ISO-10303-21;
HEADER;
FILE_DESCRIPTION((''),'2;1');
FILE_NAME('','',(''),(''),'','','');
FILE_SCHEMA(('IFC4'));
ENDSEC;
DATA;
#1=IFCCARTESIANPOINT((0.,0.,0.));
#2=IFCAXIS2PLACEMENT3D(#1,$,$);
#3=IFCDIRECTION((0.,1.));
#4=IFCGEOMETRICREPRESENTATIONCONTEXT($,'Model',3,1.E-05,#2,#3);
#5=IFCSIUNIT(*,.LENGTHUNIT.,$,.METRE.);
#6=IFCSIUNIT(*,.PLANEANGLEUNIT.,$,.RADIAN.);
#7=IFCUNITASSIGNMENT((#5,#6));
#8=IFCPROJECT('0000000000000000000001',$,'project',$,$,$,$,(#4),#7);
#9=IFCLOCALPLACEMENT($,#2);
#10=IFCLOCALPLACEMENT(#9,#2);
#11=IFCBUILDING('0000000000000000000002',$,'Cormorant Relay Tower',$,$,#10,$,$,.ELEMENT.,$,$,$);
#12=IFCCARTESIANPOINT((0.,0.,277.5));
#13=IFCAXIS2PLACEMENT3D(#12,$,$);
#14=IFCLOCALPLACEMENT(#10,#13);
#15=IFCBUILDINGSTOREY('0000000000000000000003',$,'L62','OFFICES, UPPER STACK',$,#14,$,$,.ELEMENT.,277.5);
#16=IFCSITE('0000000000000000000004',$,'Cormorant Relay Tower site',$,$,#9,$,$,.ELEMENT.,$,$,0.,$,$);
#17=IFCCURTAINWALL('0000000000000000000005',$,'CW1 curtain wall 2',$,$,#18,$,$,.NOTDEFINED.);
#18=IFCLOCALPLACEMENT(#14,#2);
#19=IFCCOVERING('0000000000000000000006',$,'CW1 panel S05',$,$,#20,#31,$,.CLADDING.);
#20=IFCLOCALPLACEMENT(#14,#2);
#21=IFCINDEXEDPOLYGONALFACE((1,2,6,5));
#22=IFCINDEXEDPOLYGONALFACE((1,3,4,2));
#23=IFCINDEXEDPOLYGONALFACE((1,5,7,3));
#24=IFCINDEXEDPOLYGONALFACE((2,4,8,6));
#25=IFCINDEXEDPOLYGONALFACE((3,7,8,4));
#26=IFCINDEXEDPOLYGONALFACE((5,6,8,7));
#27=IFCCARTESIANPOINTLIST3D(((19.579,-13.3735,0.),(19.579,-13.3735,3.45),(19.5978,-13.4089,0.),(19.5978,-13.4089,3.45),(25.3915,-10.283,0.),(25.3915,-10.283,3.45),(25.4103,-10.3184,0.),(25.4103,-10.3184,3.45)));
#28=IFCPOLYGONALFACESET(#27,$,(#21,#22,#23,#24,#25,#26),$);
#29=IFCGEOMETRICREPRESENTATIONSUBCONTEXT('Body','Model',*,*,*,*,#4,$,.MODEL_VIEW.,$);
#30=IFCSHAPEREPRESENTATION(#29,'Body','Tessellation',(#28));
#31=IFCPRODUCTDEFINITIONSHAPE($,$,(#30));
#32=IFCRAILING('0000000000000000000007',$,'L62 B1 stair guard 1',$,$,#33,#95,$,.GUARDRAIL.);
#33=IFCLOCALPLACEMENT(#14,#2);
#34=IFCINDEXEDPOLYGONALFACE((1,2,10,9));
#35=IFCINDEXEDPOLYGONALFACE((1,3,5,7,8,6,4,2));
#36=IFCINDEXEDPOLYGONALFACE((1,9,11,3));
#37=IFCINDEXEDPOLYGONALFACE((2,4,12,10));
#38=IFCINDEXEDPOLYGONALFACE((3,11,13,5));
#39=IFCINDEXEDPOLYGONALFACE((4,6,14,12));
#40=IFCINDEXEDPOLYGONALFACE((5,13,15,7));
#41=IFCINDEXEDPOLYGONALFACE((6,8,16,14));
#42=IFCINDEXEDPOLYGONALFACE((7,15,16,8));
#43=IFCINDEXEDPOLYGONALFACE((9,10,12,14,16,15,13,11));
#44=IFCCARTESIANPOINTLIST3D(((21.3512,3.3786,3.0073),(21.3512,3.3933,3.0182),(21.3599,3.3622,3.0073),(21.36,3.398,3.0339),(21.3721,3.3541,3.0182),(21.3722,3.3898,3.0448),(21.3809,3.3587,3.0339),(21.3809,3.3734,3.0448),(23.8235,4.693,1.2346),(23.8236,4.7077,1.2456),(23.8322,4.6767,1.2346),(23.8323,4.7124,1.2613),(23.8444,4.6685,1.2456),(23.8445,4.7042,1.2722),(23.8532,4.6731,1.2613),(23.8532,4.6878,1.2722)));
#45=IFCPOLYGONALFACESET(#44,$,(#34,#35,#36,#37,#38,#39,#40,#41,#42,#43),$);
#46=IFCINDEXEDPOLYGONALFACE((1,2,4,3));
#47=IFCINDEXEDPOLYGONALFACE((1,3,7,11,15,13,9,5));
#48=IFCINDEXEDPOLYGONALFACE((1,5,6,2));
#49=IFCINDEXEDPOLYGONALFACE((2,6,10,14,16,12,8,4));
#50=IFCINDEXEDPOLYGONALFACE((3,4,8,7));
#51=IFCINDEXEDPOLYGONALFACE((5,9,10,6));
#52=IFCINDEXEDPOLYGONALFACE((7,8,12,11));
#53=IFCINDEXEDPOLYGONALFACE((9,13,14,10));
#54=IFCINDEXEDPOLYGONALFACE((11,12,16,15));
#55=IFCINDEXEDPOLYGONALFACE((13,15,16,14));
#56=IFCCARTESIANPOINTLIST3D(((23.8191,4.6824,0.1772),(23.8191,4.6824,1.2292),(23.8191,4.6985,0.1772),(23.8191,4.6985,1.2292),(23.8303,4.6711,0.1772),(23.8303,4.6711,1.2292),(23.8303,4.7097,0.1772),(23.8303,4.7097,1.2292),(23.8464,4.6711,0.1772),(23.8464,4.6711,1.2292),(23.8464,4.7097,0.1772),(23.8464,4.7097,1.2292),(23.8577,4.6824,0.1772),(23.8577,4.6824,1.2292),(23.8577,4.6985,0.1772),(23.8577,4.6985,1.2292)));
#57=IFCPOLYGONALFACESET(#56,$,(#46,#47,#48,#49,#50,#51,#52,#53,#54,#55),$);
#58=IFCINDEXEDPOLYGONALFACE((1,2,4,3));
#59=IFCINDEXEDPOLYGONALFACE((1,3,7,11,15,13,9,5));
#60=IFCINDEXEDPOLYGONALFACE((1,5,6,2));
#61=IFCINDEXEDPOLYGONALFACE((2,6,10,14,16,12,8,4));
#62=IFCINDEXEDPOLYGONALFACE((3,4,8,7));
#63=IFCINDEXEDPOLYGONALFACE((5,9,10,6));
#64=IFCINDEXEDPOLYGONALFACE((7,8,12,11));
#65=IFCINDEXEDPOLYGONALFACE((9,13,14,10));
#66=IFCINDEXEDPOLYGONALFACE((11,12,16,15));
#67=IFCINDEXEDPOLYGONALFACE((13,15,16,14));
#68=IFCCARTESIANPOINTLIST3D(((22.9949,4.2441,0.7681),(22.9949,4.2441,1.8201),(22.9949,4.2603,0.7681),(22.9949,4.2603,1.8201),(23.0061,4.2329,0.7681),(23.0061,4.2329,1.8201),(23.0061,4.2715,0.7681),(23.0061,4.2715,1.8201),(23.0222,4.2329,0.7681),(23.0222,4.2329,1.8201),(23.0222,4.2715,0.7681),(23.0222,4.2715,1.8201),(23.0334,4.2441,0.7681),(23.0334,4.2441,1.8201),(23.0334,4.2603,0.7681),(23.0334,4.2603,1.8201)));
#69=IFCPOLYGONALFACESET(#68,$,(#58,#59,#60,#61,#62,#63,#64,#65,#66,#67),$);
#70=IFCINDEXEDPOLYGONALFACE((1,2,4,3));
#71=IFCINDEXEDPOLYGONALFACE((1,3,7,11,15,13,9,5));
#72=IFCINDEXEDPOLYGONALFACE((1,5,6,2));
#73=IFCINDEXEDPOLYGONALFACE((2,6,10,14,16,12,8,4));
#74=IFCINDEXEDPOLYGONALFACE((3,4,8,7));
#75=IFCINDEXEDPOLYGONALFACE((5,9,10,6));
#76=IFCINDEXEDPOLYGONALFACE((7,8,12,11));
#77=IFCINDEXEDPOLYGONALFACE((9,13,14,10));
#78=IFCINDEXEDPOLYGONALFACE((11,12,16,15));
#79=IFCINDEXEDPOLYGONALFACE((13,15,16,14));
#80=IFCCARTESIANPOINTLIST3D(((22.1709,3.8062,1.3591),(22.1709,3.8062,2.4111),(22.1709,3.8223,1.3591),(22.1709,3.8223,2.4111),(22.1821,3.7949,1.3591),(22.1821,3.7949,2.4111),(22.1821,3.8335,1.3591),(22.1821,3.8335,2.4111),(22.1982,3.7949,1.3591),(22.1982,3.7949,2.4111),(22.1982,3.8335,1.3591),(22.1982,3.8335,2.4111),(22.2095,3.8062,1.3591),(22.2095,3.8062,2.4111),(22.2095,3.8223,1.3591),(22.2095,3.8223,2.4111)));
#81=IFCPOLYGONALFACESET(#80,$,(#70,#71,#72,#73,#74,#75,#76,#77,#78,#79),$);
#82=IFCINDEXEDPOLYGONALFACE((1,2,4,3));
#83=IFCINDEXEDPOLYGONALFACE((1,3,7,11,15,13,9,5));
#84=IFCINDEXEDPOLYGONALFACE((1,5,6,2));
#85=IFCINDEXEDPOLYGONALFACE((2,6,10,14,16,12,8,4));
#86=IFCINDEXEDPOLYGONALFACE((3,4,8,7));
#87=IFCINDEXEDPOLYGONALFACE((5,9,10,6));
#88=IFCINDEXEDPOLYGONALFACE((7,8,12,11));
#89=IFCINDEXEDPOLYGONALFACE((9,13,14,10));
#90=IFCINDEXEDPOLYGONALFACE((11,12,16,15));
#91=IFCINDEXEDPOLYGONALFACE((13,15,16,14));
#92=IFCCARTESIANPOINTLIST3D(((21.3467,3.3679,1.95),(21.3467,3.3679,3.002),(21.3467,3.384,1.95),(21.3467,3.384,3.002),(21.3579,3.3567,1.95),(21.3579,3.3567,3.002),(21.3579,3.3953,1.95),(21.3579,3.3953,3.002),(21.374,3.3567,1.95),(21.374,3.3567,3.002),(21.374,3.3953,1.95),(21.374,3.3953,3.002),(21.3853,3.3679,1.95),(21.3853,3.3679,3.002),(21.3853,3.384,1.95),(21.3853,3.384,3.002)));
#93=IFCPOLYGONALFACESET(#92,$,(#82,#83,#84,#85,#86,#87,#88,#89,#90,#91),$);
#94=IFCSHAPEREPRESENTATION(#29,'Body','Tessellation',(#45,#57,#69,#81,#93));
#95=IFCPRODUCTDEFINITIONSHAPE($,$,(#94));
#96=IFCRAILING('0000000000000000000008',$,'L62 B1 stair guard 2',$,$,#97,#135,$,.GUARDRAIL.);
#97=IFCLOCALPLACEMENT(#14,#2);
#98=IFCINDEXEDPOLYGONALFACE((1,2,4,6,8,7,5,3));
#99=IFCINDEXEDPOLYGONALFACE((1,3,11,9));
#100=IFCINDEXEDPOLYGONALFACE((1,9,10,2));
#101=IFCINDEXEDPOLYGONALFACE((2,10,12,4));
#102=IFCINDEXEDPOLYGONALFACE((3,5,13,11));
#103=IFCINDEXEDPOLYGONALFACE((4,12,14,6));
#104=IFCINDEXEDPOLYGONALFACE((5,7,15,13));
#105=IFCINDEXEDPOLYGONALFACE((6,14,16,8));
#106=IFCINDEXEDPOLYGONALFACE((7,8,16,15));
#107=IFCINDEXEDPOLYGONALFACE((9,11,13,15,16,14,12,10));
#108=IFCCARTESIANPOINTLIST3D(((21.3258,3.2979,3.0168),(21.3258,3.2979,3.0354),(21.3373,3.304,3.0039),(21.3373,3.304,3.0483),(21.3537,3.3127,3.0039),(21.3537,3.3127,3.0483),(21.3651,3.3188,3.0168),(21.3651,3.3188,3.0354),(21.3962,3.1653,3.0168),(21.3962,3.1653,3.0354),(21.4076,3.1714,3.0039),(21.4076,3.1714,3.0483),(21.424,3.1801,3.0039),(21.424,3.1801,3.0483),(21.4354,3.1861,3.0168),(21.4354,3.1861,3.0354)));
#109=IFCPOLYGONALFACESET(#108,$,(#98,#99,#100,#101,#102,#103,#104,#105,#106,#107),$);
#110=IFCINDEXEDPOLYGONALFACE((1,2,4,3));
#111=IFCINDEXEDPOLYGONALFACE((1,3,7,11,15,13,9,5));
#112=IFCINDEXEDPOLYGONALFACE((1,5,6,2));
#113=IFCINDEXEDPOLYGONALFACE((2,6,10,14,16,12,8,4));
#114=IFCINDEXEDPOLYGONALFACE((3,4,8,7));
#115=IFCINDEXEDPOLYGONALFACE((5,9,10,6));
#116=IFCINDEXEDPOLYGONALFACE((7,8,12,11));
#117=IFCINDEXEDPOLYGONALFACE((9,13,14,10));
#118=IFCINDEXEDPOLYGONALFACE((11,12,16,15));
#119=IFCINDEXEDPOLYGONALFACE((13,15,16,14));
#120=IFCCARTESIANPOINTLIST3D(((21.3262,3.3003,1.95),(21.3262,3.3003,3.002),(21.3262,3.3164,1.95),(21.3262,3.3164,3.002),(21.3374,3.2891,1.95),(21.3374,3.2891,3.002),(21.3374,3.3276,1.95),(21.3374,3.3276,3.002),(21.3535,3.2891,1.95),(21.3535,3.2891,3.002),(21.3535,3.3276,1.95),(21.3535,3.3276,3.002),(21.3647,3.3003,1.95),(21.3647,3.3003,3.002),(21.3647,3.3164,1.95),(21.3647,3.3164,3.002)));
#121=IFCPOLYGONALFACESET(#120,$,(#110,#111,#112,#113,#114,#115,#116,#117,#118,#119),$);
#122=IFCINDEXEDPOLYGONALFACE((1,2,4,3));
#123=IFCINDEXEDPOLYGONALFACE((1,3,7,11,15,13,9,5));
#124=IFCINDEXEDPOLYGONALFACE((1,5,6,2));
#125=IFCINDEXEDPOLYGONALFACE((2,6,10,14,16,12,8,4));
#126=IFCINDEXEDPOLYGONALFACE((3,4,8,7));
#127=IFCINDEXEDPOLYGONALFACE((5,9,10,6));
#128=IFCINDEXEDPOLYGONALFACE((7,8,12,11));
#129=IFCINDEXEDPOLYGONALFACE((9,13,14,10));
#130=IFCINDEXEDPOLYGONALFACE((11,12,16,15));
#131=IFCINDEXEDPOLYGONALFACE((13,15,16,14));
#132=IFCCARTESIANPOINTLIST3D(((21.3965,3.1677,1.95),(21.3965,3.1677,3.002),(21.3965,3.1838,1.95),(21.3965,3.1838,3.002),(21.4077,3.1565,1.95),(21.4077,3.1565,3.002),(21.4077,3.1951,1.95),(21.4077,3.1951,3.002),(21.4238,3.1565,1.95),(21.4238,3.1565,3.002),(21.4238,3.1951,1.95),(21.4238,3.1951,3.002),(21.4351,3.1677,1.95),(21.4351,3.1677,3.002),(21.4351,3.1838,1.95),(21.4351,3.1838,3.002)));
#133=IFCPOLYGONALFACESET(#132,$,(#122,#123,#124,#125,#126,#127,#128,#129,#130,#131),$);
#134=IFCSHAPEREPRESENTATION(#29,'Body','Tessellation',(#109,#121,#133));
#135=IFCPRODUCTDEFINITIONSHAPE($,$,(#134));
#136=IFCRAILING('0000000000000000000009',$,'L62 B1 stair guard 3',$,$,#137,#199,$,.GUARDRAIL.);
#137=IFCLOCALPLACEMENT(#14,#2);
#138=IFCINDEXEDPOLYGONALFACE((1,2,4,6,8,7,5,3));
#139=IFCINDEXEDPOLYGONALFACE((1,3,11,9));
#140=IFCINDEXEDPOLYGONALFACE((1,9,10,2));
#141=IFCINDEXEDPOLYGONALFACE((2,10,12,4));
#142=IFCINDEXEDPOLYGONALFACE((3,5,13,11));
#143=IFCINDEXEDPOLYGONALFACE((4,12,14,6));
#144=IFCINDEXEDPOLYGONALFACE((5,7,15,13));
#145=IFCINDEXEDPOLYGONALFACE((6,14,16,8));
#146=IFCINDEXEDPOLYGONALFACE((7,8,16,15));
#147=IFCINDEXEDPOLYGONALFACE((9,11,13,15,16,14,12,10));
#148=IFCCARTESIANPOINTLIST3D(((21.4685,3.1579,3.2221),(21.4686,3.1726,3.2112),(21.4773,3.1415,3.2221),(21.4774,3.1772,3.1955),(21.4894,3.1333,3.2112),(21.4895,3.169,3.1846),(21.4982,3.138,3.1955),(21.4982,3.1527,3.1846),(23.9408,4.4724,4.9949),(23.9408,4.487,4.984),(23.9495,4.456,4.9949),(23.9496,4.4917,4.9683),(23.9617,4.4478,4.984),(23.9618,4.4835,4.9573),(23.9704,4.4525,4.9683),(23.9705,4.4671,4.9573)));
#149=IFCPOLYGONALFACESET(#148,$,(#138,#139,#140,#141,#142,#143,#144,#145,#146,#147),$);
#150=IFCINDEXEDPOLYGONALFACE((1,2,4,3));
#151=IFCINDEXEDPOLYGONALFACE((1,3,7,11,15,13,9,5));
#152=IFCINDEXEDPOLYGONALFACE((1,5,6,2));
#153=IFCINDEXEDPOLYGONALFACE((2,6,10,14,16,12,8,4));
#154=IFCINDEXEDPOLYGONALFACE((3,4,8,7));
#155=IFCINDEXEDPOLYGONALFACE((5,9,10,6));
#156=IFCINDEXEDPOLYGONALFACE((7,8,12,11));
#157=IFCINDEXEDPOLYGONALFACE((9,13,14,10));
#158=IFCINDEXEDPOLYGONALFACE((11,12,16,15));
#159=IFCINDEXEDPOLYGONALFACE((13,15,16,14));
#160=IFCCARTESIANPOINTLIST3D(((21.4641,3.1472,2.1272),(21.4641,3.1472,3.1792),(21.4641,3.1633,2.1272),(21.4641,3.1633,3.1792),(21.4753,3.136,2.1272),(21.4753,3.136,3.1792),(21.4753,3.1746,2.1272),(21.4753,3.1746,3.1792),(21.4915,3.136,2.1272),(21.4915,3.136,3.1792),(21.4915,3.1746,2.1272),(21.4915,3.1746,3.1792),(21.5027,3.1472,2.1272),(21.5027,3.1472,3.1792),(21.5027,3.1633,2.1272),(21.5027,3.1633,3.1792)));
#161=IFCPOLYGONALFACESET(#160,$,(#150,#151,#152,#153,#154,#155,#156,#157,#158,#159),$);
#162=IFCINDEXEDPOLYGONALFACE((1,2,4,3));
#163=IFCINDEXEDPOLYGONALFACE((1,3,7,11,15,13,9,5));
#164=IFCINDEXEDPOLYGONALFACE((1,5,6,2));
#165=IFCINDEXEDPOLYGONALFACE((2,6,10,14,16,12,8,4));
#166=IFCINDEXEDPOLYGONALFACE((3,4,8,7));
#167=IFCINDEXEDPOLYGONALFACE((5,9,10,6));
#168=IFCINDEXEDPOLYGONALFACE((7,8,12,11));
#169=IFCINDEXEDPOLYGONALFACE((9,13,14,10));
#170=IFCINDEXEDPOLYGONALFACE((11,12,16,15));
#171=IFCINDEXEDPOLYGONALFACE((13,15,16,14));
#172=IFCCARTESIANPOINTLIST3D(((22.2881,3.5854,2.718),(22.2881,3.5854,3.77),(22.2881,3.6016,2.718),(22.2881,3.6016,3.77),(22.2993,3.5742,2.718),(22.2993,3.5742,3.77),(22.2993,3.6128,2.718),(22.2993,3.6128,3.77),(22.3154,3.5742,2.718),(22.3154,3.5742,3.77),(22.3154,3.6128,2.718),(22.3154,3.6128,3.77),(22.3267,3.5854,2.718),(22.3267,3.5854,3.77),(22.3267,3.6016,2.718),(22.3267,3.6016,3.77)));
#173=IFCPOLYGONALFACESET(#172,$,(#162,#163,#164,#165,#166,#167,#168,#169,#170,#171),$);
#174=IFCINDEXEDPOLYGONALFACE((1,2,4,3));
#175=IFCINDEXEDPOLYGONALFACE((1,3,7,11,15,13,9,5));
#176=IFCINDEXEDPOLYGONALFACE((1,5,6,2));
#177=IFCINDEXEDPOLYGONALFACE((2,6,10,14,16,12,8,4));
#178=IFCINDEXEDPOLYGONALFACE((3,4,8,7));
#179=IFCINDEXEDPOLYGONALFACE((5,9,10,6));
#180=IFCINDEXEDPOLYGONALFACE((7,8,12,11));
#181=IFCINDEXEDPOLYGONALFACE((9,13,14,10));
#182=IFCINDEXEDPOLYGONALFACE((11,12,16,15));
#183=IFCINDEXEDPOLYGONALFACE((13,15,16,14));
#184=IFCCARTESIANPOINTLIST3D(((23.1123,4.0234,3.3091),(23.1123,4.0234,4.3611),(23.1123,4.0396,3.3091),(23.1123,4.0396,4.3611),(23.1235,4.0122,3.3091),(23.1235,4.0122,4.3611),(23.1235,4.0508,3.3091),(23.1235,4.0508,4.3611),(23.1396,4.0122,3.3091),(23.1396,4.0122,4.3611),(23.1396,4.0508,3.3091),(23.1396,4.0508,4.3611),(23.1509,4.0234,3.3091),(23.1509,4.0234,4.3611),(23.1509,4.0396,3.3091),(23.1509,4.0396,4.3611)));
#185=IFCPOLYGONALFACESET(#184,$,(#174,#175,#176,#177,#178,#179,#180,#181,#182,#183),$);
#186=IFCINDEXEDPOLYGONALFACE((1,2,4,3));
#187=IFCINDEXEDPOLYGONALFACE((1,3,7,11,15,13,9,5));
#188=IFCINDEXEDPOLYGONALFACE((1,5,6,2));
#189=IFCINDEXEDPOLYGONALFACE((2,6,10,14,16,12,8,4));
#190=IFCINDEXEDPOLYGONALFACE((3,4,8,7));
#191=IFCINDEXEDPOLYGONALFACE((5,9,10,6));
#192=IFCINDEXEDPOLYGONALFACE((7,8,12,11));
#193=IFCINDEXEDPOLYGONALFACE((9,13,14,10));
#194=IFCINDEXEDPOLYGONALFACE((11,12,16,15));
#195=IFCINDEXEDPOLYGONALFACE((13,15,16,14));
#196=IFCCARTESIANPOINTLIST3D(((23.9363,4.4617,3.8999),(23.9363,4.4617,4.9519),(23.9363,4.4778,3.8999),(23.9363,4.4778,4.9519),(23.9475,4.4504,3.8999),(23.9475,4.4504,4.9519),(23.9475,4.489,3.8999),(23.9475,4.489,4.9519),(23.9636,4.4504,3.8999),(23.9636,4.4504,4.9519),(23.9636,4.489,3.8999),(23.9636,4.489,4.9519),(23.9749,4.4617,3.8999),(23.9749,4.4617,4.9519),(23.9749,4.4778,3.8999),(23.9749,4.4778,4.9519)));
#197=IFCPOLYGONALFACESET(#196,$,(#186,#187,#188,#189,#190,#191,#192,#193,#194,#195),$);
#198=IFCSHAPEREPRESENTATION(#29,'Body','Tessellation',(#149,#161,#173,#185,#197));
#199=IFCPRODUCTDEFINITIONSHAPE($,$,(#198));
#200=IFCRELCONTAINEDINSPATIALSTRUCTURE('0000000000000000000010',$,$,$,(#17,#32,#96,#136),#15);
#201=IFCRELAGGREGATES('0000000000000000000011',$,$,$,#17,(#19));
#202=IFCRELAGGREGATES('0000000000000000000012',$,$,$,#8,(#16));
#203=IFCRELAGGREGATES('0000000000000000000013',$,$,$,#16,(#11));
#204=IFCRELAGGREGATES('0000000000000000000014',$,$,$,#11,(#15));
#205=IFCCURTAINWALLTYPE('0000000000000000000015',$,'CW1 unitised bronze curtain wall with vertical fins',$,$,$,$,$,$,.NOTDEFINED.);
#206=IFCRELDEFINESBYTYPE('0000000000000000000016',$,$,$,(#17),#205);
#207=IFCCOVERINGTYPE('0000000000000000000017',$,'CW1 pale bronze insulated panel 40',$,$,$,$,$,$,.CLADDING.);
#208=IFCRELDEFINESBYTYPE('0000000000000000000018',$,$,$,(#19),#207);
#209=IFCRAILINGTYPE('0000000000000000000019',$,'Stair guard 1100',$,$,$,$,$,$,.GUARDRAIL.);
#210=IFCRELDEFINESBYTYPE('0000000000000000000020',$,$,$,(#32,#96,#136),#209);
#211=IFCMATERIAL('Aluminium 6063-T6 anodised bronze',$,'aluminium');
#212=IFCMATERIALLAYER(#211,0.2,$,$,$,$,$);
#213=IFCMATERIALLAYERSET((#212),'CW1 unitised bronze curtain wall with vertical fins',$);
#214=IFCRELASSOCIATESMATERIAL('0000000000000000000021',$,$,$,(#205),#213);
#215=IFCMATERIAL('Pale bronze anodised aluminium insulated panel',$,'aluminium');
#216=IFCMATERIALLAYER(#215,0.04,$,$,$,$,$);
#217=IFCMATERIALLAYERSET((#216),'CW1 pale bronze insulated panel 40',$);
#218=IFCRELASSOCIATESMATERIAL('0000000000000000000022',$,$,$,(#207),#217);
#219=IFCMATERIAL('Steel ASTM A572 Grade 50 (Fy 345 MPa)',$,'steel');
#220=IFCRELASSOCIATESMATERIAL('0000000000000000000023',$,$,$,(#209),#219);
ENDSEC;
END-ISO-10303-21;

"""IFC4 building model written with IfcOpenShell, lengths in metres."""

from ifc_helpers import new_model, si_unit, direction, frame, origin, origin_2d, place, context, subcontext, project, spatial, polyline, rectangle, outline, extrude, material, layer, layer_set, type_object, element, aggregate, save


model = new_model("IFC4")

# Units and contexts
model_context = context("Model", 3, precision=1e-05, world=origin(), true_north=direction((0.0, 1.0)))
body_context = subcontext(model_context, "Body", "Model", "MODEL_VIEW")
ifc_project = project(units=[si_unit("LENGTHUNIT", "METRE"), si_unit("PLANEANGLEUNIT", "RADIAN")], contexts=[model_context])

# Site, building, storey
site_placement = place(None, origin())
site = spatial("IfcSite", under=ifc_project, at=site_placement, Name="Cormorant Relay Tower site", CompositionType="ELEMENT", RefElevation=0.0)
building_placement = place(site_placement, origin())
building = spatial("IfcBuilding", under=site, at=building_placement, Name="Cormorant Relay Tower", CompositionType="ELEMENT")
storey_placement = place(building_placement, frame((0.0, 0.0, 277.5)))
storey = spatial("IfcBuildingStorey", under=building, at=storey_placement, Name="L62", Description="OFFICES, UPPER STACK", CompositionType="ELEMENT", Elevation=277.5)

# Curtain wall
ifc_material_1 = material(Name="Aluminium 6063-T6 anodised bronze", Category="aluminium")
ifc_layer_1 = layer(ifc_material_1, 0.2)
ifc_layer_set_1 = layer_set([ifc_layer_1], Name="CW1 unitised bronze curtain wall with vertical fins")
curtain_wall_type = type_object("IfcCurtainWallType", Name="CW1 unitised bronze curtain wall with vertical fins", PredefinedType="NOTDEFINED", material=ifc_layer_set_1)
curtain_wall_placement = place(storey_placement, origin())
curtain_wall = element("IfcCurtainWall", 1, at=curtain_wall_placement, inside=storey, type_object=curtain_wall_type, Name="CW1 curtain wall 2", PredefinedType="NOTDEFINED")

# Covering
ifc_material_2 = material(Name="Pale bronze anodised aluminium insulated panel", Category="aluminium")
ifc_layer_2 = layer(ifc_material_2, 0.04)
ifc_layer_set_2 = layer_set([ifc_layer_2], Name="CW1 pale bronze insulated panel 40")
covering_type = type_object("IfcCoveringType", Name="CW1 pale bronze insulated panel 40", PredefinedType="CLADDING", material=ifc_layer_set_2)
covering_placement = place(storey_placement, frame((22.4946, -11.8459, 0.0), z_axis=(0.0, 0.0, 1.0), x_axis=(0.882948, 0.469472, 0.0)))
covering = element("IfcCovering", 2, at=covering_placement, type_object=covering_type, Name="CW1 panel S05", PredefinedType="CLADDING", context=body_context, shape_type="SweptSolid", body=[
    extrude(rectangle(XDim=6.583, YDim=0.04, at=origin_2d()), origin(), (0.0, 0.0, 1.0), 3.45),
])
aggregate(curtain_wall, [covering])

# Railings
ifc_material_3 = material(Name="Steel ASTM A572 Grade 50 (Fy 345 MPa)", Category="steel")
railing_type_1 = type_object("IfcRailingType", Name="Stair guard 1100", PredefinedType="GUARDRAIL", material=ifc_material_3)
railing_1_placement = place(storey_placement, frame((23.8384, 4.6904, 0.1772)))
element("IfcRailing", 3, at=railing_1_placement, inside=storey, type_object=railing_type_1, Name="L62 B1 stair guard 1", PredefinedType="GUARDRAIL", context=body_context, shape_type="SweptSolid", body=[
    extrude(outline(polyline([(0.0222, 0.0093), (0.0093, 0.0222), (-0.0093, 0.0222), (-0.0222, 0.0093), (-0.0222, -0.0093), (-0.0093, -0.0222), (0.0093, -0.0222), (0.0222, -0.0093), (0.0222, 0.0093)])), frame((0.0, 0.0, 1.0762), z_axis=(-0.746034, -0.396627, 0.534902), x_axis=(0.469429, -0.88297, 0.0)), (0.0, 0.0, 1.0), 3.314),
    extrude(outline(polyline([(0.0193, 0.0081), (0.0081, 0.0193), (-0.0081, 0.0193), (-0.0193, 0.0081), (-0.0193, -0.0081), (-0.0081, -0.0193), (0.0081, -0.0193), (0.0193, -0.0081), (0.0193, 0.0081)])), origin(), (0.0, 0.0, 1.0), 1.052),
    extrude(outline(polyline([(0.0193, 0.0081), (0.0081, 0.0193), (-0.0081, 0.0193), (-0.0193, 0.0081), (-0.0193, -0.0081), (-0.0081, -0.0193), (0.0081, -0.0193), (0.0193, -0.0081), (0.0193, 0.0081)])), frame((-0.8242, -0.4382, 0.5908)), (0.0, 0.0, 1.0), 1.052),
    extrude(outline(polyline([(0.0193, 0.0081), (0.0081, 0.0193), (-0.0081, 0.0193), (-0.0193, 0.0081), (-0.0193, -0.0081), (-0.0081, -0.0193), (0.0081, -0.0193), (0.0193, -0.0081), (0.0193, 0.0081)])), frame((-1.6482, -0.8762, 1.1819)), (0.0, 0.0, 1.0), 1.052),
    extrude(outline(polyline([(0.0193, 0.0081), (0.0081, 0.0193), (-0.0081, 0.0193), (-0.0193, 0.0081), (-0.0193, -0.0081), (-0.0081, -0.0193), (0.0081, -0.0193), (0.0193, -0.0081), (0.0193, 0.0081)])), frame((-2.4724, -1.3145, 1.7727)), (0.0, 0.0, 1.0), 1.052),
])
railing_2_placement = place(storey_placement, frame((21.3455, 3.3083, 1.95)))
element("IfcRailing", 4, at=railing_2_placement, inside=storey, type_object=railing_type_1, Name="L62 B1 stair guard 2", PredefinedType="GUARDRAIL", context=body_context, shape_type="SweptSolid", body=[
    extrude(outline(polyline([(0.0222, 0.0093), (0.0093, 0.0222), (-0.0093, 0.0222), (-0.0222, 0.0093), (-0.0222, -0.0093), (-0.0093, -0.0222), (0.0093, -0.0222), (0.0222, -0.0093), (0.0222, 0.0093)])), frame((0.0, 0.0, 1.0762), z_axis=(0.46856, -0.883431, 0.0), x_axis=(0.883431, 0.46856, 0.0)), (0.0, 0.0, 1.0), 0.1501),
    extrude(outline(polyline([(0.0193, 0.0081), (0.0081, 0.0193), (-0.0081, 0.0193), (-0.0193, 0.0081), (-0.0193, -0.0081), (-0.0081, -0.0193), (0.0081, -0.0193), (0.0193, -0.0081), (0.0193, 0.0081)])), origin(), (0.0, 0.0, 1.0), 1.052),
    extrude(outline(polyline([(0.0193, 0.0081), (0.0081, 0.0193), (-0.0081, 0.0193), (-0.0193, 0.0081), (-0.0193, -0.0081), (-0.0081, -0.0193), (0.0081, -0.0193), (0.0193, -0.0081), (0.0193, 0.0081)])), frame((0.0703, -0.1326, 0.0)), (0.0, 0.0, 1.0), 1.052),
])
railing_3_placement = place(storey_placement, frame((21.4834, 3.1553, 2.1272)))
element("IfcRailing", 5, at=railing_3_placement, inside=storey, type_object=railing_type_1, Name="L62 B1 stair guard 3", PredefinedType="GUARDRAIL", context=body_context, shape_type="SweptSolid", body=[
    extrude(outline(polyline([(0.0222, 0.0093), (0.0093, 0.0222), (-0.0093, 0.0222), (-0.0222, 0.0093), (-0.0222, -0.0093), (-0.0093, -0.0222), (0.0093, -0.0222), (0.0222, -0.0093), (0.0222, 0.0093)])), frame((0.0, 0.0, 1.0762), z_axis=(0.746001, 0.396649, 0.534931), x_axis=(-0.469465, 0.882951, 0.0)), (0.0, 0.0, 1.0), 3.314),
    extrude(outline(polyline([(0.0193, 0.0081), (0.0081, 0.0193), (-0.0081, 0.0193), (-0.0193, 0.0081), (-0.0193, -0.0081), (-0.0081, -0.0193), (0.0081, -0.0193), (0.0193, -0.0081), (0.0193, 0.0081)])), origin(), (0.0, 0.0, 1.0), 1.052),
    extrude(outline(polyline([(0.0193, 0.0081), (0.0081, 0.0193), (-0.0081, 0.0193), (-0.0193, 0.0081), (-0.0193, -0.0081), (-0.0081, -0.0193), (0.0081, -0.0193), (0.0193, -0.0081), (0.0193, 0.0081)])), frame((0.824, 0.4382, 0.5908)), (0.0, 0.0, 1.0), 1.052),
    extrude(outline(polyline([(0.0193, 0.0081), (0.0081, 0.0193), (-0.0081, 0.0193), (-0.0193, 0.0081), (-0.0193, -0.0081), (-0.0081, -0.0193), (0.0081, -0.0193), (0.0193, -0.0081), (0.0193, 0.0081)])), frame((1.6482, 0.8762, 1.1819)), (0.0, 0.0, 1.0), 1.052),
    extrude(outline(polyline([(0.0193, 0.0081), (0.0081, 0.0193), (-0.0081, 0.0193), (-0.0193, 0.0081), (-0.0193, -0.0081), (-0.0081, -0.0193), (0.0081, -0.0193), (0.0193, -0.0081), (0.0193, 0.0081)])), frame((2.4722, 1.3145, 1.7727)), (0.0, 0.0, 1.0), 1.052),
])

save(model, "model.ifc")
